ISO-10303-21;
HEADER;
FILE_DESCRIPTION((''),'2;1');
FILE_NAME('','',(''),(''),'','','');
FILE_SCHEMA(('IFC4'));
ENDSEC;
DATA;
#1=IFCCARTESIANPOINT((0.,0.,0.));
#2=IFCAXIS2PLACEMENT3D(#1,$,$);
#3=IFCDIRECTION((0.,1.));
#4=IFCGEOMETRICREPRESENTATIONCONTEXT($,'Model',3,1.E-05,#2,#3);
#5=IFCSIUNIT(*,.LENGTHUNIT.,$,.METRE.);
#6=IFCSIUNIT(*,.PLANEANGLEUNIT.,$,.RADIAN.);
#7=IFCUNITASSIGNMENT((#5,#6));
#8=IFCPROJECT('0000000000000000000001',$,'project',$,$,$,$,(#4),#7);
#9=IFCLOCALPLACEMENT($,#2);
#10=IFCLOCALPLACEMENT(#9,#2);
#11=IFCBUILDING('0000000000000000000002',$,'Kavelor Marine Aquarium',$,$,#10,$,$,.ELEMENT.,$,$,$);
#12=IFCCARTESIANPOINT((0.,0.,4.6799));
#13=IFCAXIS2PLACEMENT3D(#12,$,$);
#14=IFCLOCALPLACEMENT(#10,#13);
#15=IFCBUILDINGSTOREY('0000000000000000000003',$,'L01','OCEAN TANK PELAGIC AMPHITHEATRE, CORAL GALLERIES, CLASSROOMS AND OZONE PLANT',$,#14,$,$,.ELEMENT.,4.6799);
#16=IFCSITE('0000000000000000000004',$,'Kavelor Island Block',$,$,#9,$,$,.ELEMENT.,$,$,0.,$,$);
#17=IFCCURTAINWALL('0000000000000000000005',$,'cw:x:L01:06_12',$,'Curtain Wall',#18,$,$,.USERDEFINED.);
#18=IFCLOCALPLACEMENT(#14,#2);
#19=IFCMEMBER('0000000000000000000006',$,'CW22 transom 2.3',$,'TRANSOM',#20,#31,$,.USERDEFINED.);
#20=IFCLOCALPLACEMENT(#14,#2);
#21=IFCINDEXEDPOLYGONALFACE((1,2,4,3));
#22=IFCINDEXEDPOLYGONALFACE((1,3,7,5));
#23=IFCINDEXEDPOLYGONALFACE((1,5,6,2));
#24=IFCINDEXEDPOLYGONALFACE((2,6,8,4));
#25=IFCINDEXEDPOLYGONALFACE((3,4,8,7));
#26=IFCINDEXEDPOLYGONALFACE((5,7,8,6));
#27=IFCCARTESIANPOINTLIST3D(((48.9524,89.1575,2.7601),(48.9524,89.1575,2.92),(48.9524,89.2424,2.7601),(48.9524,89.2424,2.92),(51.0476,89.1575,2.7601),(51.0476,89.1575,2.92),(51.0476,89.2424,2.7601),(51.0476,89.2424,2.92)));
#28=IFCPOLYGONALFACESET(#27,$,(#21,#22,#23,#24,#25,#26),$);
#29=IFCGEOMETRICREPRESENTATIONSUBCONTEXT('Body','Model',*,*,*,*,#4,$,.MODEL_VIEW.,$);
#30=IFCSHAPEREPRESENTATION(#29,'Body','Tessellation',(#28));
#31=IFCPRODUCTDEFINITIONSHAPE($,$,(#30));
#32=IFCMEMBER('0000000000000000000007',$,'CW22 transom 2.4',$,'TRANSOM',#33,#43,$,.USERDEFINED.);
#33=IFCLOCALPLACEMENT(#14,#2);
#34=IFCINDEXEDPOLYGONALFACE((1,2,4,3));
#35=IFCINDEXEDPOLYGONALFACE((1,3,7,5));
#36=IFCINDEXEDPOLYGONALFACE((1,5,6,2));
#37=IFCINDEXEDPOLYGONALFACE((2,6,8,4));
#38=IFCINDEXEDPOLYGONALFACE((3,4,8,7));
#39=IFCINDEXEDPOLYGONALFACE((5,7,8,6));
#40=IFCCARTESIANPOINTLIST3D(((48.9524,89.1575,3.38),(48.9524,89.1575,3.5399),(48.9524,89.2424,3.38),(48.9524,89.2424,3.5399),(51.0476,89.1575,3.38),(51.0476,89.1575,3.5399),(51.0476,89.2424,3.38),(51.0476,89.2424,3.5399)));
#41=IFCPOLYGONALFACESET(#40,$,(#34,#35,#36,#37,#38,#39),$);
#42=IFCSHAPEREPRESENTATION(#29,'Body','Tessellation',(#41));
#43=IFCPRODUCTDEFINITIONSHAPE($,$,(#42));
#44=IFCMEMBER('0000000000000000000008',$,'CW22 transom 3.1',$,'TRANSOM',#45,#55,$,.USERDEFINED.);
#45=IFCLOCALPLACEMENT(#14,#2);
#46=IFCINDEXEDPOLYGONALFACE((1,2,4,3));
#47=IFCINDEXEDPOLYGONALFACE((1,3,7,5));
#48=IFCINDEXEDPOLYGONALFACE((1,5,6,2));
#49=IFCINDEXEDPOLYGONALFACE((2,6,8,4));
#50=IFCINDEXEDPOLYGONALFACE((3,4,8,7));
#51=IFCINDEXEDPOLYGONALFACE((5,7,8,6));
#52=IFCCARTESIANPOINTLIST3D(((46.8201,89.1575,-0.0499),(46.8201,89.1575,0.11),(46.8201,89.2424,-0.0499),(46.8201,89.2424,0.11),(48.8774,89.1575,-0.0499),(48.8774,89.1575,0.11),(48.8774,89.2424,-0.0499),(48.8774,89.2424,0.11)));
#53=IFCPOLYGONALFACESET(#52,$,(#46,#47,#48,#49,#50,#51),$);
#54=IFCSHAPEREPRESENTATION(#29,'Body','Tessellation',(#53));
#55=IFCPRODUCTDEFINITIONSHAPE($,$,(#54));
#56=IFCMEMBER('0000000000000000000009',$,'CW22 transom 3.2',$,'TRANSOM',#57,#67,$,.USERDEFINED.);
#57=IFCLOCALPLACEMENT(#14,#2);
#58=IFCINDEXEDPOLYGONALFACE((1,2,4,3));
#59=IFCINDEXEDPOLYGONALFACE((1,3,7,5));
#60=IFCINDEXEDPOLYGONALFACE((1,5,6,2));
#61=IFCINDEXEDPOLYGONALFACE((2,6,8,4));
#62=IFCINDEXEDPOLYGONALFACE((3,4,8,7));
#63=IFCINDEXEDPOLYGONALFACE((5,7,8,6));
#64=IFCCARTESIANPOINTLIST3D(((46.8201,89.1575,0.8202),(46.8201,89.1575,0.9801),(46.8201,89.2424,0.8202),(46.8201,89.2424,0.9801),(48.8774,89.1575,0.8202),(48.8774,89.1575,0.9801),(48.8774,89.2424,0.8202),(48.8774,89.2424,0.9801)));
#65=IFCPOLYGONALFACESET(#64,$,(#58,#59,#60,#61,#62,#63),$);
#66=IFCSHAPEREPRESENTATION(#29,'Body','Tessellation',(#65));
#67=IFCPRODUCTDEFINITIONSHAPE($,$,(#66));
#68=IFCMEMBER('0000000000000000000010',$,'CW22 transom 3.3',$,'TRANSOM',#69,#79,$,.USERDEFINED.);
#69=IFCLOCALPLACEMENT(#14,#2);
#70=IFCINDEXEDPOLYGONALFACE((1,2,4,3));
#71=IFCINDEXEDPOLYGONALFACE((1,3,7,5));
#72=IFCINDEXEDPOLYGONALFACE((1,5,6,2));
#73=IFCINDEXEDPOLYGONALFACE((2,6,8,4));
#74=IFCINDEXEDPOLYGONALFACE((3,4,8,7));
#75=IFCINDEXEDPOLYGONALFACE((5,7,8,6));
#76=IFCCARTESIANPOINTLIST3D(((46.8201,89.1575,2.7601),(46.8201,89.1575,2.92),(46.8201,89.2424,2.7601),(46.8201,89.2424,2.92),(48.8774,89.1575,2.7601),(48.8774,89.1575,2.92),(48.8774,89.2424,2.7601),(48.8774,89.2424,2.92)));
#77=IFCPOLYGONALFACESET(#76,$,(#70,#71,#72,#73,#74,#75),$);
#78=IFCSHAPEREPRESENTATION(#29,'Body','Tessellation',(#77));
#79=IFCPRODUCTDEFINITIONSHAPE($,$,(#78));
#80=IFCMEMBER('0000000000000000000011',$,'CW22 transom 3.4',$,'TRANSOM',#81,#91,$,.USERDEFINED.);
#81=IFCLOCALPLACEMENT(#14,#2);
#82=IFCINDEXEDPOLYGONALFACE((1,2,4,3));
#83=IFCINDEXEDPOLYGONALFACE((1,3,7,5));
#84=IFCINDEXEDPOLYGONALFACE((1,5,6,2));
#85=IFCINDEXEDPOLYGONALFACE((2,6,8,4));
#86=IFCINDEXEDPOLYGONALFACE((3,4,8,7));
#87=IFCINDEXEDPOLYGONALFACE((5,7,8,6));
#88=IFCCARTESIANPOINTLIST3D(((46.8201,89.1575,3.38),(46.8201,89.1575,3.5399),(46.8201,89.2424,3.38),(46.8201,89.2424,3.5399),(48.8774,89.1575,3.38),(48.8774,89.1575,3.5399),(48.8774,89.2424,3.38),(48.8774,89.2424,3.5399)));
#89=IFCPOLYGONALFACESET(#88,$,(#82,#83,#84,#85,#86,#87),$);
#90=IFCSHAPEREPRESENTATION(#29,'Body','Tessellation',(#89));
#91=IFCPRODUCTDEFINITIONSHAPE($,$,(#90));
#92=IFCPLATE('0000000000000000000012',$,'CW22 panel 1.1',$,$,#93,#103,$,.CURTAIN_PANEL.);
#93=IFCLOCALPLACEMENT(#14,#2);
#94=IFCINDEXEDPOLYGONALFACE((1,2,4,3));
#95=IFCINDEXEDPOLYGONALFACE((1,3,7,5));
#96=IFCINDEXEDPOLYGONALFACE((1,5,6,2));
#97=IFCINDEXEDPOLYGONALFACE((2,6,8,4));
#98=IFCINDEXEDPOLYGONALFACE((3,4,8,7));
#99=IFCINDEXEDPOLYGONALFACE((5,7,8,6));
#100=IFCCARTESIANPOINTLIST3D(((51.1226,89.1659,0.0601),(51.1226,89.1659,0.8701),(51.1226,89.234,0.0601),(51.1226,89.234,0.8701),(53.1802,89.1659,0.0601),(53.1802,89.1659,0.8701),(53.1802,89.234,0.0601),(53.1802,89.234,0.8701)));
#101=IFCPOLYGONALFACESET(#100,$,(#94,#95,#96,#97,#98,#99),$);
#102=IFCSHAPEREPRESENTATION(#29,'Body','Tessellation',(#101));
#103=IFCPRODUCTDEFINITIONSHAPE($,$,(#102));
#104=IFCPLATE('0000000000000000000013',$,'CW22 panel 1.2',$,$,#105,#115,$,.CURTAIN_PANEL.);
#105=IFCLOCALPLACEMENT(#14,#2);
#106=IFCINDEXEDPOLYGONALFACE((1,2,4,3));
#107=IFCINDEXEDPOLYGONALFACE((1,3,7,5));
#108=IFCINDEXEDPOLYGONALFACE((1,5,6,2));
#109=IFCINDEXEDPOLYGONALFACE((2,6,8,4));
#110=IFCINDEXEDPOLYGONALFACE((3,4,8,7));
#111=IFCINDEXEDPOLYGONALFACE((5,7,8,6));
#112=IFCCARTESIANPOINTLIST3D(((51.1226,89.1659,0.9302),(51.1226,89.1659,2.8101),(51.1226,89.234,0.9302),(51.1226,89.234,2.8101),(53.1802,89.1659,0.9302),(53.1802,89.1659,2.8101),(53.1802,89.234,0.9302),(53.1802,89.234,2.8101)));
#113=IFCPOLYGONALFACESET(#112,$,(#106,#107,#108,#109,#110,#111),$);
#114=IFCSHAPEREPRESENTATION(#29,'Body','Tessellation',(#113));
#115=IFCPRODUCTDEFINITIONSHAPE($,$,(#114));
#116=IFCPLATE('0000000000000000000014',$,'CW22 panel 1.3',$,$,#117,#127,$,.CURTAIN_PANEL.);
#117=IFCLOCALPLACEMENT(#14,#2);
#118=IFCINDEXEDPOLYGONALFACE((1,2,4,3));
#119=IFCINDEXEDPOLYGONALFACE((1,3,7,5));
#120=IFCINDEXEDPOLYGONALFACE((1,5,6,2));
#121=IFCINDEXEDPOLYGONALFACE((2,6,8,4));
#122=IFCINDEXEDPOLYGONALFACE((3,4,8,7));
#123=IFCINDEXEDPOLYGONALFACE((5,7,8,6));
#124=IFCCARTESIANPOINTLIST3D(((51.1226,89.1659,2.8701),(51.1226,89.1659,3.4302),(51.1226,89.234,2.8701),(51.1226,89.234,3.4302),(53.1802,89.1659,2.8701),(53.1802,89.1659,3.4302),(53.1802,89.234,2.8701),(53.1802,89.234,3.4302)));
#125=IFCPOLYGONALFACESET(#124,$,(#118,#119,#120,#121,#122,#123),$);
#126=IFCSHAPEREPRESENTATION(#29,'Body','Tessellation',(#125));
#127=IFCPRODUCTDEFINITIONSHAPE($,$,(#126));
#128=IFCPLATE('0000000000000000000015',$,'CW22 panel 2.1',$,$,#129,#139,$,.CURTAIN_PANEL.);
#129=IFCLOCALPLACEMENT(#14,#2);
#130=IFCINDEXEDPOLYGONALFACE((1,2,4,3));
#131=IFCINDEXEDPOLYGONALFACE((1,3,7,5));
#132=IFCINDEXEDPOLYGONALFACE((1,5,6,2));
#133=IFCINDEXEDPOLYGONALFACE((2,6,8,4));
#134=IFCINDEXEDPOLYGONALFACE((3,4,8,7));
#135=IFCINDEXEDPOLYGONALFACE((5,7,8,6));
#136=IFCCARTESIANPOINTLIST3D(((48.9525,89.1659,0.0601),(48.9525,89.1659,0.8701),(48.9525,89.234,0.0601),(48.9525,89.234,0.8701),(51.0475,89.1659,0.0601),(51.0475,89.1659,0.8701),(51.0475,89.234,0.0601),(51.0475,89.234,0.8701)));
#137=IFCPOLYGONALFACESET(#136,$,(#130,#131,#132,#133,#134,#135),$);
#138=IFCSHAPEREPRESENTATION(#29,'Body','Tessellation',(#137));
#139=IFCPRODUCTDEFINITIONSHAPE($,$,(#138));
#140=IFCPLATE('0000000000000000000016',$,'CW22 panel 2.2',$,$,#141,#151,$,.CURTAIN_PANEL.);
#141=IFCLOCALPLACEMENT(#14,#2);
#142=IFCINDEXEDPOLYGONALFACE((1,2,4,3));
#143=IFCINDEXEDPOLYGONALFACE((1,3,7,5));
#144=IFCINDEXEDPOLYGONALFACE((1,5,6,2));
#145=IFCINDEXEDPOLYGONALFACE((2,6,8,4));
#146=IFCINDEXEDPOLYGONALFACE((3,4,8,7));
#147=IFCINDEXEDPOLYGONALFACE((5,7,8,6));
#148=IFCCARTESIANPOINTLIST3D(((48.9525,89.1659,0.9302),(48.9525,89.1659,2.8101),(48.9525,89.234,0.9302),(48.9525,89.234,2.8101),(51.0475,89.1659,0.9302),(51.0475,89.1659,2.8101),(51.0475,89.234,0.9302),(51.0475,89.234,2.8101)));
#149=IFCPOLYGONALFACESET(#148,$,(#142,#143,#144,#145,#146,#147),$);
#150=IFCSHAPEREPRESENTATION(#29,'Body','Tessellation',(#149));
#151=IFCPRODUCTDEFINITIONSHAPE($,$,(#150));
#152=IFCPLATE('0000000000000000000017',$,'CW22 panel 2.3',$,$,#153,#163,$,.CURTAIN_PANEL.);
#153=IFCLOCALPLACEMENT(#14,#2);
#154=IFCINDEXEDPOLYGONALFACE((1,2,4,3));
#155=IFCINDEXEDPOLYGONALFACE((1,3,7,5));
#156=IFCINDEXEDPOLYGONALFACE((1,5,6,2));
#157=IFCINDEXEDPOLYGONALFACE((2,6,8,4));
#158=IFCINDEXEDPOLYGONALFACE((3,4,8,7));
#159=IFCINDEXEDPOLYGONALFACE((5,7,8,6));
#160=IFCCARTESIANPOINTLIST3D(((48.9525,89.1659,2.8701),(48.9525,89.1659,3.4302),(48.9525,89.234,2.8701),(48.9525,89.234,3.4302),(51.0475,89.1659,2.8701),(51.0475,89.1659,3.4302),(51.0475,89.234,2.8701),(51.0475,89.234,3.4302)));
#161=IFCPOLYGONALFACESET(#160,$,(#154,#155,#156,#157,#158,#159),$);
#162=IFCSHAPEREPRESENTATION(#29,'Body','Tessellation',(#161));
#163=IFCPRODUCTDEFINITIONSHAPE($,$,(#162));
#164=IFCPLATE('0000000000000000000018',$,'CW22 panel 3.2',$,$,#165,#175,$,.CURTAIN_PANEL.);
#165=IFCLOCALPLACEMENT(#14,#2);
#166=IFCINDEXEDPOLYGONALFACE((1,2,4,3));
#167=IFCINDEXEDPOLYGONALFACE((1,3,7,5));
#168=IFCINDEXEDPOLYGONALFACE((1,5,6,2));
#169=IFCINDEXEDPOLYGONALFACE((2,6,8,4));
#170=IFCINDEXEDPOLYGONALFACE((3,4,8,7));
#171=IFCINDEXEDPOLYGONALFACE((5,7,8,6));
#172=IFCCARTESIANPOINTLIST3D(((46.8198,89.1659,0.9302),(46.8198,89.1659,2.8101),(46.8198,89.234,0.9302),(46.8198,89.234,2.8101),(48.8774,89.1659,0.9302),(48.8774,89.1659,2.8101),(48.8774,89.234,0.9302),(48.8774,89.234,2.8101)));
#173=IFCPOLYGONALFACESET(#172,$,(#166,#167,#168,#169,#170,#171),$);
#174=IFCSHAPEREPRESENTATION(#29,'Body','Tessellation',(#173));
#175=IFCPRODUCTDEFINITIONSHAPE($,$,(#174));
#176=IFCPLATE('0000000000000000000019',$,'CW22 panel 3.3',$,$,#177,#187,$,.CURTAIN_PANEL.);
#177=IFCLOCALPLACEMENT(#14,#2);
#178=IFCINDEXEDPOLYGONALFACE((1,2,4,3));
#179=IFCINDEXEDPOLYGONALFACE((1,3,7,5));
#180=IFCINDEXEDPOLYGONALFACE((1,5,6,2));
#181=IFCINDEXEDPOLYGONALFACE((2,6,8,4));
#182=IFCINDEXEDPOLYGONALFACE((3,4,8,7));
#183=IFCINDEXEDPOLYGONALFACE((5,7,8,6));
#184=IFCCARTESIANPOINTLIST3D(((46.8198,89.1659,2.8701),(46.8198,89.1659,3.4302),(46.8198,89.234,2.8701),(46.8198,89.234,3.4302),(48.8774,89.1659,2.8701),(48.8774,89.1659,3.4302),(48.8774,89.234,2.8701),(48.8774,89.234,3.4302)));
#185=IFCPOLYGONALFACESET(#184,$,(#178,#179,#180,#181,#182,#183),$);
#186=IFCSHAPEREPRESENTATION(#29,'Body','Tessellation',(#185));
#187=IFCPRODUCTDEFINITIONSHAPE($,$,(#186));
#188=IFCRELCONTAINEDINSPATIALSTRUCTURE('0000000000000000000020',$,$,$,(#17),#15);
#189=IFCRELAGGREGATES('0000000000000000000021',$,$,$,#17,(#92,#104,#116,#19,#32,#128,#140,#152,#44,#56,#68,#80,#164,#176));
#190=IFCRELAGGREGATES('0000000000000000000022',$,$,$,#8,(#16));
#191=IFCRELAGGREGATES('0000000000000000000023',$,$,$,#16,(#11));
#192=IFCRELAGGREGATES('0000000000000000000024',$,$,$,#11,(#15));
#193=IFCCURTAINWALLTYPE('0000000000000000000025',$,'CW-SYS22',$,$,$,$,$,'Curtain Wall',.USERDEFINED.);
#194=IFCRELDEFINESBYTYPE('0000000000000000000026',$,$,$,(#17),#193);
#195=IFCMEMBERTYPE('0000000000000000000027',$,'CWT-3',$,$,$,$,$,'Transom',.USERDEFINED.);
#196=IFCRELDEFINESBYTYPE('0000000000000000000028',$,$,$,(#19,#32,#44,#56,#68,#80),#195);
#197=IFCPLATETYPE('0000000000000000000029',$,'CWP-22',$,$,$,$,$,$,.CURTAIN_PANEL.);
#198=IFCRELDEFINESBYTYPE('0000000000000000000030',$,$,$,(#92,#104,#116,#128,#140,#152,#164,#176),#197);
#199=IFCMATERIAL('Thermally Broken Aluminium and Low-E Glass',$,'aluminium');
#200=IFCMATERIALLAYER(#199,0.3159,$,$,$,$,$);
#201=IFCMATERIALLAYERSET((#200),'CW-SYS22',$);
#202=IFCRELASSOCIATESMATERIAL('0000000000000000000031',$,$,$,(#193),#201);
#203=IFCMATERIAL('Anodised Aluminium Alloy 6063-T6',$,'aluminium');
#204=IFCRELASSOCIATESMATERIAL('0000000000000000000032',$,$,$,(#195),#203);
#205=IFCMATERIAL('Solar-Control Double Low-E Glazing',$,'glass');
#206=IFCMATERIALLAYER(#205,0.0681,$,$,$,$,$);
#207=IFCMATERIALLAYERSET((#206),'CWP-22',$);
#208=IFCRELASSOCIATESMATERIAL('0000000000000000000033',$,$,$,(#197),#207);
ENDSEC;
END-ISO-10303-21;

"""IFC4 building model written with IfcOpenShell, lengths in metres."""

from ifc_helpers import new_model, si_unit, direction, frame, origin, origin_2d, place, context, subcontext, project, spatial, rectangle, extrude, material, layer, layer_set, material_profile, profile_set, type_object, element, aggregate, save


model = new_model("IFC4")

# Units and contexts
model_context = context("Model", 3, precision=1e-05, world=origin(), true_north=direction((0.0, 1.0)))
body_context = subcontext(model_context, "Body", "Model", "MODEL_VIEW")
ifc_project = project(units=[si_unit("LENGTHUNIT", "METRE"), si_unit("PLANEANGLEUNIT", "RADIAN")], contexts=[model_context])

# Site, building, storey
site_placement = place(None, origin())
site = spatial("IfcSite", under=ifc_project, at=site_placement, Name="Kavelor Island Block", CompositionType="ELEMENT", RefElevation=0.0)
building_placement = place(site_placement, origin())
building = spatial("IfcBuilding", under=site, at=building_placement, Name="Kavelor Marine Aquarium", CompositionType="ELEMENT")
storey_placement = place(building_placement, frame((0.0, 0.0, 4.6799)))
storey = spatial("IfcBuildingStorey", under=building, at=storey_placement, Name="L01", Description="OCEAN TANK PELAGIC AMPHITHEATRE, CORAL GALLERIES, CLASSROOMS AND OZONE PLANT", CompositionType="ELEMENT", Elevation=4.6799)

# Curtain wall
ifc_material_1 = material(Name="Thermally Broken Aluminium and Low-E Glass", Category="aluminium")
ifc_layer_1 = layer(ifc_material_1, 0.3159)
ifc_layer_set_1 = layer_set([ifc_layer_1], Name="CW-SYS22")
curtain_wall_type_1 = type_object("IfcCurtainWallType", Name="CW-SYS22", ElementType="Curtain Wall", PredefinedType="USERDEFINED", material=ifc_layer_set_1)
curtain_wall_1_placement = place(storey_placement, origin())
curtain_wall_1 = element("IfcCurtainWall", 1, at=curtain_wall_1_placement, inside=storey, type_object=curtain_wall_type_1, Name="cw:x:L01:06_12", ObjectType="Curtain Wall", PredefinedType="USERDEFINED")

# Members
ifc_material_2 = material(Name="Anodised Aluminium Alloy 6063-T6", Category="aluminium")
ifc_material_profile_1 = material_profile(ifc_material_2, rectangle(XDim=0.085, YDim=0.1599, at=origin_2d()), Name="CW-TRN 85x160")
ifc_profile_set_1 = profile_set([ifc_material_profile_1], Name="Anodised Aluminium Alloy 6063-T6")
member_type_1 = type_object("IfcMemberType", Name="CWT-3", ElementType="Transom", PredefinedType="USERDEFINED", material=ifc_profile_set_1)
member_1_placement = place(storey_placement, frame((51.0476, 89.2, 2.8401), z_axis=(-1.0, 0.0, 0.0), x_axis=(0.0, -1.0, 0.0)))
member_1 = element("IfcMember", 2, at=member_1_placement, type_object=member_type_1, Name="CW22 transom 2.3", ObjectType="TRANSOM", PredefinedType="USERDEFINED", context=body_context, shape_type="SweptSolid", body=[
    extrude(rectangle(XDim=0.085, YDim=0.1599, at=origin_2d()), origin(), (0.0, 0.0, 1.0), 2.0952),
])
member_2_placement = place(storey_placement, frame((51.0476, 89.2, 3.46), z_axis=(-1.0, 0.0, 0.0), x_axis=(0.0, -1.0, 0.0)))
member_2 = element("IfcMember", 3, at=member_2_placement, type_object=member_type_1, Name="CW22 transom 2.4", ObjectType="TRANSOM", PredefinedType="USERDEFINED", context=body_context, shape_type="SweptSolid", body=[
    extrude(rectangle(XDim=0.085, YDim=0.1599, at=origin_2d()), origin(), (0.0, 0.0, 1.0), 2.0952),
])
member_3_placement = place(storey_placement, frame((48.8774, 89.2, 0.03), z_axis=(-1.0, 0.0, 0.0), x_axis=(0.0, -1.0, 0.0)))
member_3 = element("IfcMember", 4, at=member_3_placement, type_object=member_type_1, Name="CW22 transom 3.1", ObjectType="TRANSOM", PredefinedType="USERDEFINED", context=body_context, shape_type="SweptSolid", body=[
    extrude(rectangle(XDim=0.085, YDim=0.1599, at=origin_2d()), origin(), (0.0, 0.0, 1.0), 2.0574),
])
member_4_placement = place(storey_placement, frame((48.8774, 89.2, 0.9001), z_axis=(-1.0, 0.0, 0.0), x_axis=(0.0, -1.0, 0.0)))
member_4 = element("IfcMember", 5, at=member_4_placement, type_object=member_type_1, Name="CW22 transom 3.2", ObjectType="TRANSOM", PredefinedType="USERDEFINED", context=body_context, shape_type="SweptSolid", body=[
    extrude(rectangle(XDim=0.085, YDim=0.1599, at=origin_2d()), origin(), (0.0, 0.0, 1.0), 2.0574),
])
member_5_placement = place(storey_placement, frame((48.8774, 89.2, 2.8401), z_axis=(-1.0, 0.0, 0.0), x_axis=(0.0, -1.0, 0.0)))
member_5 = element("IfcMember", 6, at=member_5_placement, type_object=member_type_1, Name="CW22 transom 3.3", ObjectType="TRANSOM", PredefinedType="USERDEFINED", context=body_context, shape_type="SweptSolid", body=[
    extrude(rectangle(XDim=0.085, YDim=0.1599, at=origin_2d()), origin(), (0.0, 0.0, 1.0), 2.0574),
])
member_6_placement = place(storey_placement, frame((48.8774, 89.2, 3.46), z_axis=(-1.0, 0.0, 0.0), x_axis=(0.0, -1.0, 0.0)))
member_6 = element("IfcMember", 7, at=member_6_placement, type_object=member_type_1, Name="CW22 transom 3.4", ObjectType="TRANSOM", PredefinedType="USERDEFINED", context=body_context, shape_type="SweptSolid", body=[
    extrude(rectangle(XDim=0.085, YDim=0.1599, at=origin_2d()), origin(), (0.0, 0.0, 1.0), 2.0574),
])

# Plates
ifc_material_3 = material(Name="Solar-Control Double Low-E Glazing", Category="glass")
ifc_layer_2 = layer(ifc_material_3, 0.0681)
ifc_layer_set_2 = layer_set([ifc_layer_2], Name="CWP-22")
plate_type = type_object("IfcPlateType", Name="CWP-22", PredefinedType="CURTAIN_PANEL", material=ifc_layer_set_2)
plate_1_placement = place(storey_placement, frame((52.1514, 89.2, 0.0601), z_axis=(0.0, 0.0, 1.0), x_axis=(-1.0, 0.0, 0.0)))
plate_1 = element("IfcPlate", 8, at=plate_1_placement, type_object=plate_type, Name="CW22 panel 1.1", PredefinedType="CURTAIN_PANEL", context=body_context, shape_type="SweptSolid", body=[
    extrude(rectangle(XDim=2.0576, YDim=0.0681, at=origin_2d()), origin(), (0.0, 0.0, 1.0), 0.8101),
])
plate_2_placement = place(storey_placement, frame((52.1514, 89.2, 0.9302), z_axis=(0.0, 0.0, 1.0), x_axis=(-1.0, 0.0, 0.0)))
plate_2 = element("IfcPlate", 9, at=plate_2_placement, type_object=plate_type, Name="CW22 panel 1.2", PredefinedType="CURTAIN_PANEL", context=body_context, shape_type="SweptSolid", body=[
    extrude(rectangle(XDim=2.0576, YDim=0.0681, at=origin_2d()), origin(), (0.0, 0.0, 1.0), 1.8799),
])
plate_3_placement = place(storey_placement, frame((52.1514, 89.2, 2.8701), z_axis=(0.0, 0.0, 1.0), x_axis=(-1.0, 0.0, 0.0)))
plate_3 = element("IfcPlate", 10, at=plate_3_placement, type_object=plate_type, Name="CW22 panel 1.3", PredefinedType="CURTAIN_PANEL", context=body_context, shape_type="SweptSolid", body=[
    extrude(rectangle(XDim=2.0576, YDim=0.0681, at=origin_2d()), origin(), (0.0, 0.0, 1.0), 0.5601),
])
plate_4_placement = place(storey_placement, frame((50.0, 89.2, 0.0601), z_axis=(0.0, 0.0, 1.0), x_axis=(-1.0, 0.0, 0.0)))
plate_4 = element("IfcPlate", 11, at=plate_4_placement, type_object=plate_type, Name="CW22 panel 2.1", PredefinedType="CURTAIN_PANEL", context=body_context, shape_type="SweptSolid", body=[
    extrude(rectangle(XDim=2.095, YDim=0.0681, at=origin_2d()), origin(), (0.0, 0.0, 1.0), 0.8101),
])
plate_5_placement = place(storey_placement, frame((50.0, 89.2, 0.9302), z_axis=(0.0, 0.0, 1.0), x_axis=(-1.0, 0.0, 0.0)))
plate_5 = element("IfcPlate", 12, at=plate_5_placement, type_object=plate_type, Name="CW22 panel 2.2", PredefinedType="CURTAIN_PANEL", context=body_context, shape_type="SweptSolid", body=[
    extrude(rectangle(XDim=2.095, YDim=0.0681, at=origin_2d()), origin(), (0.0, 0.0, 1.0), 1.8799),
])
plate_6_placement = place(storey_placement, frame((50.0, 89.2, 2.8701), z_axis=(0.0, 0.0, 1.0), x_axis=(-1.0, 0.0, 0.0)))
plate_6 = element("IfcPlate", 13, at=plate_6_placement, type_object=plate_type, Name="CW22 panel 2.3", PredefinedType="CURTAIN_PANEL", context=body_context, shape_type="SweptSolid", body=[
    extrude(rectangle(XDim=2.095, YDim=0.0681, at=origin_2d()), origin(), (0.0, 0.0, 1.0), 0.5601),
])
plate_7_placement = place(storey_placement, frame((47.8486, 89.2, 0.9302), z_axis=(0.0, 0.0, 1.0), x_axis=(-1.0, 0.0, 0.0)))
plate_7 = element("IfcPlate", 14, at=plate_7_placement, type_object=plate_type, Name="CW22 panel 3.2", PredefinedType="CURTAIN_PANEL", context=body_context, shape_type="SweptSolid", body=[
    extrude(rectangle(XDim=2.0576, YDim=0.0681, at=origin_2d()), origin(), (0.0, 0.0, 1.0), 1.8799),
])
plate_8_placement = place(storey_placement, frame((47.8486, 89.2, 2.8701), z_axis=(0.0, 0.0, 1.0), x_axis=(-1.0, 0.0, 0.0)))
plate_8 = element("IfcPlate", 15, at=plate_8_placement, type_object=plate_type, Name="CW22 panel 3.3", PredefinedType="CURTAIN_PANEL", context=body_context, shape_type="SweptSolid", body=[
    extrude(rectangle(XDim=2.0576, YDim=0.0681, at=origin_2d()), origin(), (0.0, 0.0, 1.0), 0.5601),
])
aggregate(curtain_wall_1, [plate_1, plate_2, plate_3, member_1, member_2, plate_4, plate_5, plate_6, member_3, member_4, member_5, member_6, plate_7, plate_8])

save(model, "model.ifc")
